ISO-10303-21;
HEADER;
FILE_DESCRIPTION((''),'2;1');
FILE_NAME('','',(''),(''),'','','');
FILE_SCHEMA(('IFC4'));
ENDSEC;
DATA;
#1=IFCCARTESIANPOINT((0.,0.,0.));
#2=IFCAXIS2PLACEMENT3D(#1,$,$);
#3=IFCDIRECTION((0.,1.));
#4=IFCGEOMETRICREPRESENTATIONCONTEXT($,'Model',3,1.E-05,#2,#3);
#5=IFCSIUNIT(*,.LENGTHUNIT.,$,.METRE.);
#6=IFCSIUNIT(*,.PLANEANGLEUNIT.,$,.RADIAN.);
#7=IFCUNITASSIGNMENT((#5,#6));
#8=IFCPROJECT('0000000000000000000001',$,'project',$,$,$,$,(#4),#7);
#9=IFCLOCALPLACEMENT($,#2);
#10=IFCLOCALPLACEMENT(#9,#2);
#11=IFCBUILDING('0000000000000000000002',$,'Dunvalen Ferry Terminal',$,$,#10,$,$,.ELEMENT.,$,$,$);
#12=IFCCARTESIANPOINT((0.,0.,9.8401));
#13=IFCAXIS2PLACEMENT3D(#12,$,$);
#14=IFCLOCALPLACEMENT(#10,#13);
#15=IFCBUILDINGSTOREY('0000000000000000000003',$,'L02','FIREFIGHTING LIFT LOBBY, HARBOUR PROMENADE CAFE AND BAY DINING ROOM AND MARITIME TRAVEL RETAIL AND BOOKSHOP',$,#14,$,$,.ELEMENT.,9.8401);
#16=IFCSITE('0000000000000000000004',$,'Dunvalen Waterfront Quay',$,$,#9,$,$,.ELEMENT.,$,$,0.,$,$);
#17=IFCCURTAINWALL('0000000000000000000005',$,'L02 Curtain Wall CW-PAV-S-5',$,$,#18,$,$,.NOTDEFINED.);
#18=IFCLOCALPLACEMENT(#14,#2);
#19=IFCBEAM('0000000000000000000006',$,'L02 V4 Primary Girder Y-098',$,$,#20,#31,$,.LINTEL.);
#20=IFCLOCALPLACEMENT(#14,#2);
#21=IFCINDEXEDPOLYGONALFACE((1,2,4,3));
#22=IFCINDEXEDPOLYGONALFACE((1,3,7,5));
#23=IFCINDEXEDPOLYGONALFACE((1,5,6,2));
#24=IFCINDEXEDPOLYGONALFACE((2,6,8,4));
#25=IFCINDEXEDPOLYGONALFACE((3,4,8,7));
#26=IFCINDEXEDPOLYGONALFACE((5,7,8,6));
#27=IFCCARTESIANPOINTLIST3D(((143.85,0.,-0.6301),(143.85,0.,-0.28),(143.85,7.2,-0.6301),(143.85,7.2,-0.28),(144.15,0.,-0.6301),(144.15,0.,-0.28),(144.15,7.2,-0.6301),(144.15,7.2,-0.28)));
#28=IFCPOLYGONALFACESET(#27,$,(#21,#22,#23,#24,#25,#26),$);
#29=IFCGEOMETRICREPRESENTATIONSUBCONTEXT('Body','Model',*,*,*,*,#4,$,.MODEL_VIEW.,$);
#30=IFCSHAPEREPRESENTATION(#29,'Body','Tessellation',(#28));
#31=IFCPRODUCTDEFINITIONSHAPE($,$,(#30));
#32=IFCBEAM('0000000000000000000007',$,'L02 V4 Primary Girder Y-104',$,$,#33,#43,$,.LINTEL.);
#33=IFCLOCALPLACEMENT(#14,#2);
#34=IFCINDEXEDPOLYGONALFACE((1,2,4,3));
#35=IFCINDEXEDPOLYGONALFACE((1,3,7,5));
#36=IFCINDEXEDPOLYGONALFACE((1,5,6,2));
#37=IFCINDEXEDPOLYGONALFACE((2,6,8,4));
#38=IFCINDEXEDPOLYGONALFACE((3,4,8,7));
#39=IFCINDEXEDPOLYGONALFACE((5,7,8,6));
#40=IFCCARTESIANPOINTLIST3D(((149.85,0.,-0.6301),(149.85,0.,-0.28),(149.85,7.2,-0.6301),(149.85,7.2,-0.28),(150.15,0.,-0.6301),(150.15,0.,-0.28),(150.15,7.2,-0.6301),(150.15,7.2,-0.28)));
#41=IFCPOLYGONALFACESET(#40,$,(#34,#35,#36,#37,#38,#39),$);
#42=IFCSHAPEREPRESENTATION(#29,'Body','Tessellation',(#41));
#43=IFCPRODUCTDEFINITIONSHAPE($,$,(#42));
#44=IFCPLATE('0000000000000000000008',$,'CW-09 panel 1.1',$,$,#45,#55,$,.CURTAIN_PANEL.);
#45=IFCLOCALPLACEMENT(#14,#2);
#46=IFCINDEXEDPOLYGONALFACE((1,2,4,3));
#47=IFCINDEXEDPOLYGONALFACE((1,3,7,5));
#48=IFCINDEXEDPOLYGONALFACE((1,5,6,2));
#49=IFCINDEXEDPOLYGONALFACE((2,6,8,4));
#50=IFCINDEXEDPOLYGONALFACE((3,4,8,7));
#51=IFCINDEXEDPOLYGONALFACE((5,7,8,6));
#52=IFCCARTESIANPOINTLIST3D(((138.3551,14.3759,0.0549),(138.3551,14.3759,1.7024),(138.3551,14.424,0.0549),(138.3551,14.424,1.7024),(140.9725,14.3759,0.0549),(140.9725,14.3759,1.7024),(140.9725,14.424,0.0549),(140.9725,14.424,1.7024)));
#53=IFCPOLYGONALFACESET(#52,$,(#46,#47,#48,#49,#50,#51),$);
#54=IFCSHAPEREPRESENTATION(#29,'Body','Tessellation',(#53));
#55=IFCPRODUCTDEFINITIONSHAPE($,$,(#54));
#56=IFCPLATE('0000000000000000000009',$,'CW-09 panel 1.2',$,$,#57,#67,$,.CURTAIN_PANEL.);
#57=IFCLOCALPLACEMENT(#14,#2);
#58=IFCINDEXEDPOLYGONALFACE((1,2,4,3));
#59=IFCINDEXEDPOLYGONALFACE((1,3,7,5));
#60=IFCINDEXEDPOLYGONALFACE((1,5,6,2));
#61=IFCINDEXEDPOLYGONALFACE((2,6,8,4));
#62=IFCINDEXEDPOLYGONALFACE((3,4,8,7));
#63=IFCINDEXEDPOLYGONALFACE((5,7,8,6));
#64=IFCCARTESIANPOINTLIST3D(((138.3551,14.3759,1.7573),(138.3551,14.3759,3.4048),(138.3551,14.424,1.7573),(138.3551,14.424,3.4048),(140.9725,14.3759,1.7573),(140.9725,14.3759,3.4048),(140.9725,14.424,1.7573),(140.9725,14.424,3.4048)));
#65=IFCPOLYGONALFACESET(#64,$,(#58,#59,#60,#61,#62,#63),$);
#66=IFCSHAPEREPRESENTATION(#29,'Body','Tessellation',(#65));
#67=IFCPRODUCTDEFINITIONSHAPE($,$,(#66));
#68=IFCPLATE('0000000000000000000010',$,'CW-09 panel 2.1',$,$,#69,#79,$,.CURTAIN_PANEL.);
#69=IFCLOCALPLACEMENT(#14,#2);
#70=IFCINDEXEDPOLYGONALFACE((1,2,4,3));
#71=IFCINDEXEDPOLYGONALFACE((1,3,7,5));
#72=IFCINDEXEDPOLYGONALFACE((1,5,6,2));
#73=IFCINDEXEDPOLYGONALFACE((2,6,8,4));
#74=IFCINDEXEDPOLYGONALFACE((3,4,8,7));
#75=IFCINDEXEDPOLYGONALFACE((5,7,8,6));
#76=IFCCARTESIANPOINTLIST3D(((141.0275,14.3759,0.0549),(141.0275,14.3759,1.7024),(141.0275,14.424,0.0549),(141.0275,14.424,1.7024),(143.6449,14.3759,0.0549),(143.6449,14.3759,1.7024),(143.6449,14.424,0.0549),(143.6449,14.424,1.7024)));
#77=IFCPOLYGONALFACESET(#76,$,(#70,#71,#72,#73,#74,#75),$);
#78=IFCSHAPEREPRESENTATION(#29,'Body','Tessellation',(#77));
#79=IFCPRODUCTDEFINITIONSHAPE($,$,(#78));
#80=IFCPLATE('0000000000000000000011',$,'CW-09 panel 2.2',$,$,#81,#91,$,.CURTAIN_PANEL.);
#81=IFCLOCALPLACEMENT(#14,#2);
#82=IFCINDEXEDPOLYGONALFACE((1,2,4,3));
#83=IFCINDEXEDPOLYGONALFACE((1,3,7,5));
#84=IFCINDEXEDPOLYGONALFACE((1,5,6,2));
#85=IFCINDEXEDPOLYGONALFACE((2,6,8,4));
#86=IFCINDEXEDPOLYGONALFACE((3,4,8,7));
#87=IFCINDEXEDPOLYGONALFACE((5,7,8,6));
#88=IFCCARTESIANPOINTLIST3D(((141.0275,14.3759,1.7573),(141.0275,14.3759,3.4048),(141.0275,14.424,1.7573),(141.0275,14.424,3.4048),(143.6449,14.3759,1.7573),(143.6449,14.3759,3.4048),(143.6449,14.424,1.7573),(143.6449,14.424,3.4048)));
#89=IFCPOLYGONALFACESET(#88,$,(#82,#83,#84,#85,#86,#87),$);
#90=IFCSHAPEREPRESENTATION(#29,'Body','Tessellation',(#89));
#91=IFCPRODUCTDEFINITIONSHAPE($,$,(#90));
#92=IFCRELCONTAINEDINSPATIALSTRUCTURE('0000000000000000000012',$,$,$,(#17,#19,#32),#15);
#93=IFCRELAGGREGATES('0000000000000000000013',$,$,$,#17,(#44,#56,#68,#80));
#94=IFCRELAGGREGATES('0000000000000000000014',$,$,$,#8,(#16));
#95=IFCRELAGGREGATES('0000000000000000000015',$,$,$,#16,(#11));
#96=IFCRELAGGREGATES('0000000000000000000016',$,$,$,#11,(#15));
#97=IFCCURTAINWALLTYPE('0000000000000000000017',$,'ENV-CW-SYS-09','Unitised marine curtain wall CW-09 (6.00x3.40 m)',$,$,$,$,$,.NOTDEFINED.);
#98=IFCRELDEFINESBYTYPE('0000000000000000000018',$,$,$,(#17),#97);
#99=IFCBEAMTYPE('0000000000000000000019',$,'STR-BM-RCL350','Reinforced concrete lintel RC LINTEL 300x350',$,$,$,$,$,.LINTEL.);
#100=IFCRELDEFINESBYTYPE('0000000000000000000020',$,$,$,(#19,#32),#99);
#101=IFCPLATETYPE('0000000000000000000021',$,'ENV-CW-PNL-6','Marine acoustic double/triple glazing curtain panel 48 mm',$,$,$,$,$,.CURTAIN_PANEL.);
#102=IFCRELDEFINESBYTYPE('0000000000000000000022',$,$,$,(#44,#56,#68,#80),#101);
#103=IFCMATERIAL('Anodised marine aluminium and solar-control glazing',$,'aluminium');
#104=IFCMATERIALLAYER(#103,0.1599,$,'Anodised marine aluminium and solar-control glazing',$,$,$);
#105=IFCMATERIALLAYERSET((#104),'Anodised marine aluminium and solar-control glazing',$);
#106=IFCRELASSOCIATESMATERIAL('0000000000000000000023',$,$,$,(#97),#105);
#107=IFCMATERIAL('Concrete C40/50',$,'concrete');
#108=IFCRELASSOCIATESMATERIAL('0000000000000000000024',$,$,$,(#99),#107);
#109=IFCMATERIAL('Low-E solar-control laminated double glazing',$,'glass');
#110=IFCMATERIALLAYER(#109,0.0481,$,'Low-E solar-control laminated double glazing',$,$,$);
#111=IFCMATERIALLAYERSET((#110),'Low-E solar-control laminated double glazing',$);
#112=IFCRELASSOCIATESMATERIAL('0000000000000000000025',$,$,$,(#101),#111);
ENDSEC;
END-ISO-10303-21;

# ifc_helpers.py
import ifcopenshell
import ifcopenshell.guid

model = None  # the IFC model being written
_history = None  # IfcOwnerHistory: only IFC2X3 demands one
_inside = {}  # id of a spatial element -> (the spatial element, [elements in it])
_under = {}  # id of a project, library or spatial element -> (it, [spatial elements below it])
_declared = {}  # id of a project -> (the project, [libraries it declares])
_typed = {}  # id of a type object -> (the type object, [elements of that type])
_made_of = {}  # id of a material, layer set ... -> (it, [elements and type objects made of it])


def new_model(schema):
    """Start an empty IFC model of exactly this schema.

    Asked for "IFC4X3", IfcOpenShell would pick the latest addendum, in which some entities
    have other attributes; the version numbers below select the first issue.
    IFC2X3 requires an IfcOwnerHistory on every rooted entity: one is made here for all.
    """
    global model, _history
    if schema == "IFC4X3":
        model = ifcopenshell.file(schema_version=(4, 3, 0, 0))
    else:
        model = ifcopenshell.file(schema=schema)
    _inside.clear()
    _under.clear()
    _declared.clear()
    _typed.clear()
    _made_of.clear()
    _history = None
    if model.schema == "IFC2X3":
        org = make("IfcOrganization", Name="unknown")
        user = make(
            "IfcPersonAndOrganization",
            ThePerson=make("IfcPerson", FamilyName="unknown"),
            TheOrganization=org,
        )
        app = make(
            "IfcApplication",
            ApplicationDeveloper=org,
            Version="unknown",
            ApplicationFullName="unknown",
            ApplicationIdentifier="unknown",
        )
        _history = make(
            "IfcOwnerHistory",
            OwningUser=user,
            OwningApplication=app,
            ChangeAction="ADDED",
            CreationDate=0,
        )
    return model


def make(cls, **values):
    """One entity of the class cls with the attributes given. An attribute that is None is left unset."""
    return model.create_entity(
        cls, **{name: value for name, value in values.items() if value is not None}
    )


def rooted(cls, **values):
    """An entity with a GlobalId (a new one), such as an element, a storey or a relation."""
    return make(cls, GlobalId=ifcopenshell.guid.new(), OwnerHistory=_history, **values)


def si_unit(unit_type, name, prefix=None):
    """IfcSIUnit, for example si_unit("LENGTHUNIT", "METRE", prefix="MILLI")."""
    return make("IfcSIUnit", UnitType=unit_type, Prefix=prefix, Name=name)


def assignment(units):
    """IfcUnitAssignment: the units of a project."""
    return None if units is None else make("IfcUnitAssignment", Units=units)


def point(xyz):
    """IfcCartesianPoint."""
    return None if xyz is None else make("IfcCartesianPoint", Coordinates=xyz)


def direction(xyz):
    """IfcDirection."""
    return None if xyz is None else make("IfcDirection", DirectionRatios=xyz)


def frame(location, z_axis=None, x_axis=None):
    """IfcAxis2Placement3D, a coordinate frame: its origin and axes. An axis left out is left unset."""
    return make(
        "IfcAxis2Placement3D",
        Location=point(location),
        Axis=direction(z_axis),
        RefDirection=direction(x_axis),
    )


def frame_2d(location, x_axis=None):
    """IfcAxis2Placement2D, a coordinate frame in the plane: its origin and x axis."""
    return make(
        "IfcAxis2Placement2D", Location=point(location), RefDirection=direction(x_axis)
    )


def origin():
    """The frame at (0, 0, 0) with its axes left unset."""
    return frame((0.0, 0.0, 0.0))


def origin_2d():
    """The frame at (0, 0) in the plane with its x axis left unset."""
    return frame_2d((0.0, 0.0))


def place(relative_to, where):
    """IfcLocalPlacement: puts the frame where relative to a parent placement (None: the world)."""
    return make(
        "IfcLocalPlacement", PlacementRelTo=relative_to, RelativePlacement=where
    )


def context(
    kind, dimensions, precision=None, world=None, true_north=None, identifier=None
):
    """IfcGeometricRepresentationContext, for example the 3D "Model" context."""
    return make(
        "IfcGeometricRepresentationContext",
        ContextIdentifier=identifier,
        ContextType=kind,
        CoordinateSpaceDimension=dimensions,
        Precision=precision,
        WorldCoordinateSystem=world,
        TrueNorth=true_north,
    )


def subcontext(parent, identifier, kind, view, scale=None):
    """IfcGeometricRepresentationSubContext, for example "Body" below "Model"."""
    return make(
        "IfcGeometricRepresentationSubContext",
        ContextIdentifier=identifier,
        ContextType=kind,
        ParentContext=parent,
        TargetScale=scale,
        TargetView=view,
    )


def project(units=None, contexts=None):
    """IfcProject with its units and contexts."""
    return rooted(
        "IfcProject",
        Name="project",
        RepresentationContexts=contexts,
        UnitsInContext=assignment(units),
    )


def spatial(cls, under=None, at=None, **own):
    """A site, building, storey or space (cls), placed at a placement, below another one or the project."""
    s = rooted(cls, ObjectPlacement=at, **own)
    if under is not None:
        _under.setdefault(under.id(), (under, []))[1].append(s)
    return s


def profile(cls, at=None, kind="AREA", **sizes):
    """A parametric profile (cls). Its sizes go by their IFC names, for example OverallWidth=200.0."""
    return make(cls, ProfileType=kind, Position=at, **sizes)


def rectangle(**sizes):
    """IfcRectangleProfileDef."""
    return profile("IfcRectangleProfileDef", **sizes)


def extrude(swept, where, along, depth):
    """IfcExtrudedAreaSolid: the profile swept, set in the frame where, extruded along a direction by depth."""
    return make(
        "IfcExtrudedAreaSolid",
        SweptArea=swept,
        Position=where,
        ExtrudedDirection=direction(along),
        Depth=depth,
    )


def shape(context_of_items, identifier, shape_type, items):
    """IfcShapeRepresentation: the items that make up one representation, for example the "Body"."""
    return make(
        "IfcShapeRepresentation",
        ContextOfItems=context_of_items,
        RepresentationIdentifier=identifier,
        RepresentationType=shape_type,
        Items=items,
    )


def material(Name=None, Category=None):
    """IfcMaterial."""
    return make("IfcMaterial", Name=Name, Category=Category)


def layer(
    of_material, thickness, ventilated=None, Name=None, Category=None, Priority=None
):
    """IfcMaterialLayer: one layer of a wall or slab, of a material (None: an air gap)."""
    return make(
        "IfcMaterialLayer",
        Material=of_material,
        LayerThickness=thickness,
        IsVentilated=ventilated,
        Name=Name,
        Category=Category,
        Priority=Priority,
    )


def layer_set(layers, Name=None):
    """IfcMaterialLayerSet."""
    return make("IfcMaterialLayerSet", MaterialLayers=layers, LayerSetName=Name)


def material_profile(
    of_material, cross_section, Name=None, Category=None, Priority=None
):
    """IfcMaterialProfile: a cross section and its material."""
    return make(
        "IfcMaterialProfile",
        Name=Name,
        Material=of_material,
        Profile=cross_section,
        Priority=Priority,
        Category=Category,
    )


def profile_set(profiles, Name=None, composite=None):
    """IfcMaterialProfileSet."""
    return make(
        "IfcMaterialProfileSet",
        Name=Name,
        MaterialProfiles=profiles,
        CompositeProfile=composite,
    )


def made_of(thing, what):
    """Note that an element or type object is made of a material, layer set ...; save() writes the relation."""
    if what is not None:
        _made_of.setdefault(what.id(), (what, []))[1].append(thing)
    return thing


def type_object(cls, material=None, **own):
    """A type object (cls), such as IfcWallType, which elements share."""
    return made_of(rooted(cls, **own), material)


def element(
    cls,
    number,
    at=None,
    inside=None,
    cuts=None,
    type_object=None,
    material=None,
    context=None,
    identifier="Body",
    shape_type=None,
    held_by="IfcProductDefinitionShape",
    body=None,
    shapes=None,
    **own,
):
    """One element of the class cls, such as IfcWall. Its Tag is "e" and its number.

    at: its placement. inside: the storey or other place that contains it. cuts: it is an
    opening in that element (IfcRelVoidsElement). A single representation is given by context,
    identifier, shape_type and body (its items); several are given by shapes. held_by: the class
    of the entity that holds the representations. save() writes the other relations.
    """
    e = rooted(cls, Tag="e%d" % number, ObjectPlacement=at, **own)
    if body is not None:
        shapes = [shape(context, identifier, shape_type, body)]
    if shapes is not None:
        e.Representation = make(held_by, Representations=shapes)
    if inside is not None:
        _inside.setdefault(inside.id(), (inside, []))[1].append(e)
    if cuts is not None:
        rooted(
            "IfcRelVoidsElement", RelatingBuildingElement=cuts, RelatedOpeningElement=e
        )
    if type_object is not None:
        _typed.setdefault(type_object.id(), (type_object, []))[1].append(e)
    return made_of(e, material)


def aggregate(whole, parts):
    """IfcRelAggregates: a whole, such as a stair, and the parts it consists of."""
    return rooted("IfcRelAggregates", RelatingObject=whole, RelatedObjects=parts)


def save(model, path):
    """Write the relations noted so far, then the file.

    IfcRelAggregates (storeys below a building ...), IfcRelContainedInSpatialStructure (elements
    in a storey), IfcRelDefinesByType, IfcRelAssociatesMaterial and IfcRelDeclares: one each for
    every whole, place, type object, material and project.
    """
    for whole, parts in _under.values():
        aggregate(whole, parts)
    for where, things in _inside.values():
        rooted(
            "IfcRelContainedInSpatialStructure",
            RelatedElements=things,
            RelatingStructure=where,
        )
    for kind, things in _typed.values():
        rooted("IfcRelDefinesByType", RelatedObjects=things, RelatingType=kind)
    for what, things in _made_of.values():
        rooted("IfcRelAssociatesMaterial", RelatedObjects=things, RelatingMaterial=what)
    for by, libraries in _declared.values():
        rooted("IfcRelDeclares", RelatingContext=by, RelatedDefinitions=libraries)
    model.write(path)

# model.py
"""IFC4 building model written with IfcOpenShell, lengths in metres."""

from ifc_helpers import new_model, si_unit, direction, frame, origin, origin_2d, place, context, subcontext, project, spatial, rectangle, extrude, material, layer, layer_set, material_profile, profile_set, type_object, element, aggregate, save


model = new_model("IFC4")

# Units and contexts
model_context = context("Model", 3, precision=1e-05, world=origin(), true_north=direction((0.0, 1.0)))
body_context = subcontext(model_context, "Body", "Model", "MODEL_VIEW")
ifc_project = project(units=[si_unit("LENGTHUNIT", "METRE"), si_unit("PLANEANGLEUNIT", "RADIAN")], contexts=[model_context])

# Site, building, storey
site_placement = place(None, origin())
site = spatial("IfcSite", under=ifc_project, at=site_placement, Name="Dunvalen Waterfront Quay", CompositionType="ELEMENT", RefElevation=0.0)
building_placement = place(site_placement, origin())
building = spatial("IfcBuilding", under=site, at=building_placement, Name="Dunvalen Ferry Terminal", CompositionType="ELEMENT")
storey_placement = place(building_placement, frame((0.0, 0.0, 9.8401)))
storey = spatial("IfcBuildingStorey", under=building, at=storey_placement, Name="L02", Description="FIREFIGHTING LIFT LOBBY, HARBOUR PROMENADE CAFE AND BAY DINING ROOM AND MARITIME TRAVEL RETAIL AND BOOKSHOP", CompositionType="ELEMENT", Elevation=9.8401)

# Curtain wall
ifc_material_1 = material(Name="Anodised marine aluminium and solar-control glazing", Category="aluminium")
ifc_layer_1 = layer(ifc_material_1, 0.1599, Name="Anodised marine aluminium and solar-control glazing")
ifc_layer_set_1 = layer_set([ifc_layer_1], Name="Anodised marine aluminium and solar-control glazing")
curtain_wall_type = type_object("IfcCurtainWallType", Name="ENV-CW-SYS-09", Description="Unitised marine curtain wall CW-09 (6.00x3.40 m)", PredefinedType="NOTDEFINED", material=ifc_layer_set_1)
curtain_wall_placement = place(storey_placement, origin())
curtain_wall = element("IfcCurtainWall", 1, at=curtain_wall_placement, inside=storey, type_object=curtain_wall_type, Name="L02 Curtain Wall CW-PAV-S-5", PredefinedType="NOTDEFINED")

# Beams
ifc_material_2 = material(Name="Concrete C40/50", Category="concrete")
ifc_material_profile_1 = material_profile(ifc_material_2, rectangle(XDim=0.3, YDim=0.3501, at=origin_2d()), Name="Concrete C40/50")
ifc_profile_set_1 = profile_set([ifc_material_profile_1], Name="Concrete C40/50")
beam_type_1 = type_object("IfcBeamType", Name="STR-BM-RCL350", Description="Reinforced concrete lintel RC LINTEL 300x350", PredefinedType="LINTEL", material=ifc_profile_set_1)
for number, where, z_axis, x_axis, name in (
    (2, (144.0, 0.0, -0.4551), (0.0, 1.0, 0.0), (-1.0, 0.0, 0.0), "L02 V4 Primary Girder Y-098"),
    (3, (150.0, 0.0, -0.4551), (0.0, 1.0, 0.0), (-1.0, 0.0, 0.0), "L02 V4 Primary Girder Y-104"),
):
    element("IfcBeam", number, at=place(storey_placement, frame(where, z_axis=z_axis, x_axis=x_axis)), inside=storey, type_object=beam_type_1, Name=name, PredefinedType="LINTEL", context=body_context, shape_type="SweptSolid", body=[
        extrude(rectangle(XDim=0.3, YDim=0.3501, at=origin_2d()), origin(), (0.0, 0.0, 1.0), 7.2),
    ])

# Plates
ifc_material_3 = material(Name="Low-E solar-control laminated double glazing", Category="glass")
ifc_layer_2 = layer(ifc_material_3, 0.0481, Name="Low-E solar-control laminated double glazing")
ifc_layer_set_2 = layer_set([ifc_layer_2], Name="Low-E solar-control laminated double glazing")
plate_type = type_object("IfcPlateType", Name="ENV-CW-PNL-6", Description="Marine acoustic double/triple glazing curtain panel 48 mm", PredefinedType="CURTAIN_PANEL", material=ifc_layer_set_2)
plate_1_placement = place(storey_placement, frame((139.6638, 14.3999, 0.0549), z_axis=(0.0, 0.0, 1.0), x_axis=(1.0, 0.0, 0.0)))
plate_1 = element("IfcPlate", 4, at=plate_1_placement, type_object=plate_type, Name="CW-09 panel 1.1", PredefinedType="CURTAIN_PANEL", context=body_context, shape_type="SweptSolid", body=[
    extrude(rectangle(XDim=2.6174, YDim=0.0481, at=origin_2d()), origin(), (0.0, 0.0, 1.0), 1.6475),
])
plate_2_placement = place(storey_placement, frame((139.6638, 14.3999, 1.7573), z_axis=(0.0, 0.0, 1.0), x_axis=(1.0, 0.0, 0.0)))
plate_2 = element("IfcPlate", 5, at=plate_2_placement, type_object=plate_type, Name="CW-09 panel 1.2", PredefinedType="CURTAIN_PANEL", context=body_context, shape_type="SweptSolid", body=[
    extrude(rectangle(XDim=2.6174, YDim=0.0481, at=origin_2d()), origin(), (0.0, 0.0, 1.0), 1.6475),
])
plate_3_placement = place(storey_placement, frame((142.3362, 14.3999, 0.0549), z_axis=(0.0, 0.0, 1.0), x_axis=(1.0, 0.0, 0.0)))
plate_3 = element("IfcPlate", 6, at=plate_3_placement, type_object=plate_type, Name="CW-09 panel 2.1", PredefinedType="CURTAIN_PANEL", context=body_context, shape_type="SweptSolid", body=[
    extrude(rectangle(XDim=2.6174, YDim=0.0481, at=origin_2d()), origin(), (0.0, 0.0, 1.0), 1.6475),
])
plate_4_placement = place(storey_placement, frame((142.3362, 14.3999, 1.7573), z_axis=(0.0, 0.0, 1.0), x_axis=(1.0, 0.0, 0.0)))
plate_4 = element("IfcPlate", 7, at=plate_4_placement, type_object=plate_type, Name="CW-09 panel 2.2", PredefinedType="CURTAIN_PANEL", context=body_context, shape_type="SweptSolid", body=[
    extrude(rectangle(XDim=2.6174, YDim=0.0481, at=origin_2d()), origin(), (0.0, 0.0, 1.0), 1.6475),
])
aggregate(curtain_wall, [plate_1, plate_2, plate_3, plate_4])

save(model, "model.ifc")
